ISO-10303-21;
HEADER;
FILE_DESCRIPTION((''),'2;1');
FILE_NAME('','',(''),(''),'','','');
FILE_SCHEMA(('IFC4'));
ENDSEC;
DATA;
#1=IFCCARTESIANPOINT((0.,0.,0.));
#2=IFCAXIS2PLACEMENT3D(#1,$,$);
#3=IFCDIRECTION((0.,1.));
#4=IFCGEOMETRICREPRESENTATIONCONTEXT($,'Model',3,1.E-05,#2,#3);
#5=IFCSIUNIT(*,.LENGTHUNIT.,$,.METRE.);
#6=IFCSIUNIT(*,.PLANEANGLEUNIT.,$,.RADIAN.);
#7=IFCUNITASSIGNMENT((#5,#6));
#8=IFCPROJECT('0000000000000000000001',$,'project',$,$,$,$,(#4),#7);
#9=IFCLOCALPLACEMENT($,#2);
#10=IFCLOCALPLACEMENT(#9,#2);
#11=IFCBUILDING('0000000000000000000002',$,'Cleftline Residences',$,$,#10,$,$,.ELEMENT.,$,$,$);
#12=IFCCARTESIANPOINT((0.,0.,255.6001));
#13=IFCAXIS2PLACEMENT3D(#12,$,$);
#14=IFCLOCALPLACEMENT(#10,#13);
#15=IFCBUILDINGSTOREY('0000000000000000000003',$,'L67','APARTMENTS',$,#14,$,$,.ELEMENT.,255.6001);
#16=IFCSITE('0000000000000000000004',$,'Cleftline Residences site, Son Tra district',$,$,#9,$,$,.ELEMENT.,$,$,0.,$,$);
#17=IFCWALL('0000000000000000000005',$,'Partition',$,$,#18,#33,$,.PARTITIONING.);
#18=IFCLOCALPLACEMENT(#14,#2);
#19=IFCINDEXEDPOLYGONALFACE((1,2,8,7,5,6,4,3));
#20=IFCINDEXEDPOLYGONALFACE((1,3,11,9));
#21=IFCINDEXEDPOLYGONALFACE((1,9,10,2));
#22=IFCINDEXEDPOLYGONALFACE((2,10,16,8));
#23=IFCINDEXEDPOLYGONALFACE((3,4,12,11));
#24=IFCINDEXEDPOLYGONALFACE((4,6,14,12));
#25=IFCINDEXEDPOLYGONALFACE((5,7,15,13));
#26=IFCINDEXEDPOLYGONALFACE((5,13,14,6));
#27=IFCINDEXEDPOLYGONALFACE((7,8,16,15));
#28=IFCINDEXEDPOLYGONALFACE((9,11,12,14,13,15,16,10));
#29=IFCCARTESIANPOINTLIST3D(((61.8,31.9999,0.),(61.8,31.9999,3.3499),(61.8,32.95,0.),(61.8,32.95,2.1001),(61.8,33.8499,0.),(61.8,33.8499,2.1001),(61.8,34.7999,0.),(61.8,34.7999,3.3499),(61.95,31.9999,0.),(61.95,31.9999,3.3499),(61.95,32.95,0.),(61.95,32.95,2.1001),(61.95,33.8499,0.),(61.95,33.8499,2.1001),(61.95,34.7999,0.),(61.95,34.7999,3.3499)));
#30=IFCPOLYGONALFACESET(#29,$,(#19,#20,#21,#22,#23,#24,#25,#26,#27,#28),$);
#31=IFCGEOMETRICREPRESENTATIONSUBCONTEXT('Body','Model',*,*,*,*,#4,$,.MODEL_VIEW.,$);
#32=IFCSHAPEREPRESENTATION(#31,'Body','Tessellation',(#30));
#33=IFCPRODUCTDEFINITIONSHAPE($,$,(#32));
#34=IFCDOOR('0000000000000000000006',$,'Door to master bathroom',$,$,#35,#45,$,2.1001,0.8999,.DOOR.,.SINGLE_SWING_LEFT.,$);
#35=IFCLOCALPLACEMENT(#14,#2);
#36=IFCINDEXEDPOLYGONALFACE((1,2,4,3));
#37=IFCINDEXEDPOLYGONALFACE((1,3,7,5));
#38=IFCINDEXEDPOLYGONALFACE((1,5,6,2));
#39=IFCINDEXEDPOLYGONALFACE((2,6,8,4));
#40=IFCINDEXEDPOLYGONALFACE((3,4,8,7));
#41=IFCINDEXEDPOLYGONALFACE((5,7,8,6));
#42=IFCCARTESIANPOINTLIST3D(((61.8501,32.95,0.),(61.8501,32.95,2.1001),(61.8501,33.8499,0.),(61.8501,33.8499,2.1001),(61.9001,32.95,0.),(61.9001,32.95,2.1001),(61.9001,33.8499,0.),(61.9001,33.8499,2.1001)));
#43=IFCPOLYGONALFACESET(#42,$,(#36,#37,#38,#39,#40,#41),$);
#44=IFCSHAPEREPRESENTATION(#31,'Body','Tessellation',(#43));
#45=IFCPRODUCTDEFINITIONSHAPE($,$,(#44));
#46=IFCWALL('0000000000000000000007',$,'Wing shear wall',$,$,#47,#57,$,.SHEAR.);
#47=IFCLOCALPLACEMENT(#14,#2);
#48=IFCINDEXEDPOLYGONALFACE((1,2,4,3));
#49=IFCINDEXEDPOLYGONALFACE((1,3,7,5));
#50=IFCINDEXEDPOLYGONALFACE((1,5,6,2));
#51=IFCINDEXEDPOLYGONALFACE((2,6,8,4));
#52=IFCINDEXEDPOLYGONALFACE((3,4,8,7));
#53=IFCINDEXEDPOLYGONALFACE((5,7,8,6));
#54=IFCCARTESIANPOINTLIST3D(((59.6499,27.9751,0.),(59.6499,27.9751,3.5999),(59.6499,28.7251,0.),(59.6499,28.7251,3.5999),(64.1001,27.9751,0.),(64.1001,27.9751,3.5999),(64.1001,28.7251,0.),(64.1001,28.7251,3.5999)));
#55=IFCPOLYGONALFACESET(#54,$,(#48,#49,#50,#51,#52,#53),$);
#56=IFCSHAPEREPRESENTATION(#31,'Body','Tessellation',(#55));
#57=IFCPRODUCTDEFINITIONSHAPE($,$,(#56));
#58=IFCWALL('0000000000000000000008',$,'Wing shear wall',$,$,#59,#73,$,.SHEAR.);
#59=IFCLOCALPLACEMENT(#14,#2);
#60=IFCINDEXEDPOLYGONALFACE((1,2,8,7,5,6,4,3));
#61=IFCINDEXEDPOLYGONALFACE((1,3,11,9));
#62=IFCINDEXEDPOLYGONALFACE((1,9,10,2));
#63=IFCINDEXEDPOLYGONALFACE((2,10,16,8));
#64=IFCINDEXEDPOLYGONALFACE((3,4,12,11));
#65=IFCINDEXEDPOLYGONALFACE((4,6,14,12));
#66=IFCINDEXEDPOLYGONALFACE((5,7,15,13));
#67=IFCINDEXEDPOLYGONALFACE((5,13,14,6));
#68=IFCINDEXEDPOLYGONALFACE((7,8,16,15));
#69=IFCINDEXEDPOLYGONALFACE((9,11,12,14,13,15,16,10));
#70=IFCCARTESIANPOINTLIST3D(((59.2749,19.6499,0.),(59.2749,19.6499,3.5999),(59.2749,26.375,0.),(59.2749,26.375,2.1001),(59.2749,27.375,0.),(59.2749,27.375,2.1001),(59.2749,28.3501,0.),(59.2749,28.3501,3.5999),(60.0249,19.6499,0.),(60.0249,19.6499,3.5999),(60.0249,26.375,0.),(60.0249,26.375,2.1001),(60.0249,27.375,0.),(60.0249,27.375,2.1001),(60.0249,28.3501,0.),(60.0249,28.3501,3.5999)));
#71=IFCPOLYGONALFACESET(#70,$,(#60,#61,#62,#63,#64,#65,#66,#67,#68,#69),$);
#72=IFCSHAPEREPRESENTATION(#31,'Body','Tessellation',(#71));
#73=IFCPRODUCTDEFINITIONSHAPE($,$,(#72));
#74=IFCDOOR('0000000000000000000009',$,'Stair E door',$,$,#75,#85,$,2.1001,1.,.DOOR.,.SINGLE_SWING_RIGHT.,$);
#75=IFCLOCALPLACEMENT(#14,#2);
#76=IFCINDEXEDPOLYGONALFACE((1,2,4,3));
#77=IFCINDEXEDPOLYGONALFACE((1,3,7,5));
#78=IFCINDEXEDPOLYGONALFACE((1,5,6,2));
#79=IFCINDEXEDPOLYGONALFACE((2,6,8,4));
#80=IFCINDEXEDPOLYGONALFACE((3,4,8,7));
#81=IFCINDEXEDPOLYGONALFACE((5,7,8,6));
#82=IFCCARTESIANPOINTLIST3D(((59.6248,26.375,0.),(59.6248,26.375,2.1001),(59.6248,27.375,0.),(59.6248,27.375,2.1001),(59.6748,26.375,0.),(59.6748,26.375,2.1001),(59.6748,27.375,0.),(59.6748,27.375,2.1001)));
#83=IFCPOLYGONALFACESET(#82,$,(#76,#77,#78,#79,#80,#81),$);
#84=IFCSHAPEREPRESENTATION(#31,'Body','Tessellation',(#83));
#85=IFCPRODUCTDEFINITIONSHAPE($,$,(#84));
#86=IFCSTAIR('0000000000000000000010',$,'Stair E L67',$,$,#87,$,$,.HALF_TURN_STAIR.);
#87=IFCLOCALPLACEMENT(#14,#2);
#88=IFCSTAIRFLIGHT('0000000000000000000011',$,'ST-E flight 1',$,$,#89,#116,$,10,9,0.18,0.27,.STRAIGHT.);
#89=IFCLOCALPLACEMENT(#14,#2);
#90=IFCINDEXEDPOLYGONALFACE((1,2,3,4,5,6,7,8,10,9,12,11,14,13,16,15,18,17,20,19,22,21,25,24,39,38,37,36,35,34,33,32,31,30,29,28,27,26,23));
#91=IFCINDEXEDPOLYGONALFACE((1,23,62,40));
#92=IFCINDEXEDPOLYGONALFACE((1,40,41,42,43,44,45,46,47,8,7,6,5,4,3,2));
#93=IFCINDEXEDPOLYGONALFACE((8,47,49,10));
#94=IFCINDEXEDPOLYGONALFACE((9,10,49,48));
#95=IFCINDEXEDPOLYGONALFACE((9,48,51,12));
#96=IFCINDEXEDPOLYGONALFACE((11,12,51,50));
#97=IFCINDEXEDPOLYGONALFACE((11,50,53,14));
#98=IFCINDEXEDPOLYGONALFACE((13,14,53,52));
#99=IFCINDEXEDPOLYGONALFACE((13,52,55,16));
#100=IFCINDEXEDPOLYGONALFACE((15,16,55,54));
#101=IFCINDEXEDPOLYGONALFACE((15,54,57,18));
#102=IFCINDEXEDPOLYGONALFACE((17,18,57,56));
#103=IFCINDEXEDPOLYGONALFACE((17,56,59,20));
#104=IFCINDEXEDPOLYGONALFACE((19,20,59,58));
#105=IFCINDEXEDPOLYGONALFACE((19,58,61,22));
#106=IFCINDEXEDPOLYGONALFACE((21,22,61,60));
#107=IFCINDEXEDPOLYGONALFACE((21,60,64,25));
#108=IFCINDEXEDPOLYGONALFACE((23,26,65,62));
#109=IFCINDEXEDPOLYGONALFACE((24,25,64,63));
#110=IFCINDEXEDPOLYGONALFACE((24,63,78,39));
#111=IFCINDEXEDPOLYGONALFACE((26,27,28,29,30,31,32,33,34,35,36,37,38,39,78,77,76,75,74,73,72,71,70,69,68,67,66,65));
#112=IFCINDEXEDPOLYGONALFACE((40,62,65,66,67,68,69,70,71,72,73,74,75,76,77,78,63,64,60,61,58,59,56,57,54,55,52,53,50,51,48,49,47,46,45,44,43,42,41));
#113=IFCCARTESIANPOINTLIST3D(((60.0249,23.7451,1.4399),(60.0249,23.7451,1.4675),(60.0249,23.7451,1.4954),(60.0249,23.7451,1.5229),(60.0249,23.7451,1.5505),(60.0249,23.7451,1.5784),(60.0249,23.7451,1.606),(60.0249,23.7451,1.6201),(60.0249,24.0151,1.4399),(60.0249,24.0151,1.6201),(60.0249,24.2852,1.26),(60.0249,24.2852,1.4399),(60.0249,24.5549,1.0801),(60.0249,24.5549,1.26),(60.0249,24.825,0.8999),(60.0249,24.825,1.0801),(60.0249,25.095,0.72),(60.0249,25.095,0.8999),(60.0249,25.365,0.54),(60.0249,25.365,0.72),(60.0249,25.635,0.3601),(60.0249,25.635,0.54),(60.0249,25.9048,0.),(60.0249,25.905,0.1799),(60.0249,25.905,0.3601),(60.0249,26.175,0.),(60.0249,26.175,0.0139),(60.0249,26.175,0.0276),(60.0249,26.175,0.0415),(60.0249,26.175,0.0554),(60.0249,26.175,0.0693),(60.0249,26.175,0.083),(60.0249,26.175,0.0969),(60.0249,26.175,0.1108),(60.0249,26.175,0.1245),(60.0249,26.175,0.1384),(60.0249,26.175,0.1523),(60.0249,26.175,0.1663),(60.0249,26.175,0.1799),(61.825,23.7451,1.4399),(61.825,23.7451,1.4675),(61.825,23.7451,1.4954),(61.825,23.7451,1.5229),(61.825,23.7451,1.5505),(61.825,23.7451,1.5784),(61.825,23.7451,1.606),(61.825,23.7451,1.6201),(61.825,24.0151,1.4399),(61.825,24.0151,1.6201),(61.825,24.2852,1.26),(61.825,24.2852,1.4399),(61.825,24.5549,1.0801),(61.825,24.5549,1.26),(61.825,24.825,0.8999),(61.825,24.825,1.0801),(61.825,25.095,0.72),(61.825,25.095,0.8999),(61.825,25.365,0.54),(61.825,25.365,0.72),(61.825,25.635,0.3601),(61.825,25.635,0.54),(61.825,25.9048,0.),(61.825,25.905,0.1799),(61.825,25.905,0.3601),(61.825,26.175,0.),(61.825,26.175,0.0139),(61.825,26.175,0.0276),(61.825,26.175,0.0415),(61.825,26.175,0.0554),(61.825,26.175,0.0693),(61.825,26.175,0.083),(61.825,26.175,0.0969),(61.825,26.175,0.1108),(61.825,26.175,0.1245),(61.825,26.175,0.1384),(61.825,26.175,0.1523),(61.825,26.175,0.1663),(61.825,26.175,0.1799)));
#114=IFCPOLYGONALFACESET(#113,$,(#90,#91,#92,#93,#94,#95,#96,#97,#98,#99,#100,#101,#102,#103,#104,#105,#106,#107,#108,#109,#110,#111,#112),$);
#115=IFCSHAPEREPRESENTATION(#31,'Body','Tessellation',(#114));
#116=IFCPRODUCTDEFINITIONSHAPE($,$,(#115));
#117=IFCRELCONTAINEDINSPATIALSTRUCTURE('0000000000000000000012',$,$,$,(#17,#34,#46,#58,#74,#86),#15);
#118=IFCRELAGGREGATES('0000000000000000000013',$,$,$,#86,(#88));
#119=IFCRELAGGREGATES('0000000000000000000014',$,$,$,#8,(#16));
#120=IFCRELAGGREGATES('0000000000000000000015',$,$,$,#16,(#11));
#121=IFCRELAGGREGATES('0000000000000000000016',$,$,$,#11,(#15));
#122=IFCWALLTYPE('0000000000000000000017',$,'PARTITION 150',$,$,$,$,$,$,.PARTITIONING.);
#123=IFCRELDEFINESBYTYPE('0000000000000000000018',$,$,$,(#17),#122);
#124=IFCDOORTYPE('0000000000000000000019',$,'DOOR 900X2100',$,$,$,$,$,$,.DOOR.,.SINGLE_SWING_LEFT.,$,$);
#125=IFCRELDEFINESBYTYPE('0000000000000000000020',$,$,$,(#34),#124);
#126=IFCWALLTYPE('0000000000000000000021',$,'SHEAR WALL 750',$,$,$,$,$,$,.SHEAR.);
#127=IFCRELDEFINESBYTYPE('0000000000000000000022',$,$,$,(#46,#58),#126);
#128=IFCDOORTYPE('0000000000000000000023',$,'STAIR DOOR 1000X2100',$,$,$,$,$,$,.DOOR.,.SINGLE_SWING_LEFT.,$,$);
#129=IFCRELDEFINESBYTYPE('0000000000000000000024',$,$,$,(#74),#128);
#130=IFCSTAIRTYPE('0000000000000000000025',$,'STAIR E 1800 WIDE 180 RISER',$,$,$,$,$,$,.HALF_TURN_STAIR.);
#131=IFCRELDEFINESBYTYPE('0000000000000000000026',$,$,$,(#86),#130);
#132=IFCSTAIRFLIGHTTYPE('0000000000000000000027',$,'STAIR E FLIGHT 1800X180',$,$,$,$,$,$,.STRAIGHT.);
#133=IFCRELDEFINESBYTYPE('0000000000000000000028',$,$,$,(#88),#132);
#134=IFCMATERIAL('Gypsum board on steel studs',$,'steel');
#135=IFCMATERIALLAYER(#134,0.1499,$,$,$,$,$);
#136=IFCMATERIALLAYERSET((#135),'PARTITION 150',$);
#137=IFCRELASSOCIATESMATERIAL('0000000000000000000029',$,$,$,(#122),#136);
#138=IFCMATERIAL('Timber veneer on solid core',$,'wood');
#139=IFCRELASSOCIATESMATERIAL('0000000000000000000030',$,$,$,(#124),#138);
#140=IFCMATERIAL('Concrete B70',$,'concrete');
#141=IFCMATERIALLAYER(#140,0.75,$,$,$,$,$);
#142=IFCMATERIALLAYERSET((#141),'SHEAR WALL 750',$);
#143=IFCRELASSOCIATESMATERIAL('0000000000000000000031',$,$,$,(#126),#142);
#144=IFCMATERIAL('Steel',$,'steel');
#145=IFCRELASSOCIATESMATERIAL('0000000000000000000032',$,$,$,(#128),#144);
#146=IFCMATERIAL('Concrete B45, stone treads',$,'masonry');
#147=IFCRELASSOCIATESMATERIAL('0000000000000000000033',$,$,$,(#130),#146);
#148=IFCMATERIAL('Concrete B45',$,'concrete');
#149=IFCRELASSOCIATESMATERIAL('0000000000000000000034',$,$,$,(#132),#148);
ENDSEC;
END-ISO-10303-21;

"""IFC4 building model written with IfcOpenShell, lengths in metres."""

from ifc_helpers import new_model, si_unit, direction, frame, frame_2d, origin, place, context, subcontext, project, spatial, polyline, rectangle, outline, extrude, material, layer, layer_set, type_object, element, fill, aggregate, save


model = new_model("IFC4")

# Units and contexts
model_context = context("Model", 3, precision=1e-05, world=origin(), true_north=direction((0.0, 1.0)))
body_context = subcontext(model_context, "Body", "Model", "MODEL_VIEW")
ifc_project = project(units=[si_unit("LENGTHUNIT", "METRE"), si_unit("PLANEANGLEUNIT", "RADIAN")], contexts=[model_context])

# Site, building, storey
site_placement = place(None, origin())
site = spatial("IfcSite", under=ifc_project, at=site_placement, Name="Cleftline Residences site, Son Tra district", CompositionType="ELEMENT", RefElevation=0.0)
building_placement = place(site_placement, origin())
building = spatial("IfcBuilding", under=site, at=building_placement, Name="Cleftline Residences", CompositionType="ELEMENT")
storey_placement = place(building_placement, frame((0.0, 0.0, 255.6001)))
storey = spatial("IfcBuildingStorey", under=building, at=storey_placement, Name="L67", Description="APARTMENTS", CompositionType="ELEMENT", Elevation=255.6001)

# Shared definitions
ifc_material_1 = material(Name="Gypsum board on steel studs", Category="steel")
ifc_layer_1 = layer(ifc_material_1, 0.1499)
ifc_layer_set_1 = layer_set([ifc_layer_1], Name="PARTITION 150")
wall_type_1 = type_object("IfcWallType", Name="PARTITION 150", PredefinedType="PARTITIONING", material=ifc_layer_set_1)

# Wall, opening, door
ifc_material_2 = material(Name="Timber veneer on solid core", Category="wood")
door_type_1 = type_object("IfcDoorType", Name="DOOR 900X2100", OperationType="SINGLE_SWING_LEFT", PredefinedType="DOOR", material=ifc_material_2)
wall_1_placement = place(storey_placement, frame((61.875, 32.0, 0.0), z_axis=(0.0, 0.0, 1.0), x_axis=(0.0, 1.0, 0.0)))
wall_1 = element("IfcWall", 1, at=wall_1_placement, inside=storey, type_object=wall_type_1, Name="Partition", PredefinedType="PARTITIONING", context=body_context, shape_type="SweptSolid", body=[
    extrude(rectangle(XDim=2.8, YDim=0.1499, at=frame_2d((1.3999, 0.0))), origin(), (0.0, 0.0, 1.0), 3.3499),
])
opening_1_placement = place(wall_1_placement, frame((0.95, 0.0, 0.0)))
opening_1 = element("IfcOpeningElement", 2, at=opening_1_placement, cuts=wall_1, PredefinedType="OPENING", context=body_context, shape_type="SweptSolid", body=[
    extrude(rectangle(XDim=0.8999, YDim=2.1001, at=frame_2d((0.45, 1.05))), frame((0.0, 0.085, 0.0), z_axis=(0.0, -1.0, 0.0), x_axis=(1.0, 0.0, 0.0)), (0.0, 0.0, 1.0), 0.1699),
])
door_1_placement = place(opening_1_placement, origin())
door_1 = element("IfcDoor", 3, at=door_1_placement, inside=storey, type_object=door_type_1, Name="Door to master bathroom", OperationType="SINGLE_SWING_LEFT", OverallHeight=2.1001, OverallWidth=0.8999, PredefinedType="DOOR", context=body_context, shape_type="SweptSolid", body=[
    extrude(rectangle(XDim=0.8999, YDim=2.1001, at=frame_2d((0.45, 1.05))), frame((0.0, 0.0249, 0.0), z_axis=(0.0, -1.0, 0.0), x_axis=(1.0, 0.0, 0.0)), (0.0, 0.0, 1.0), 0.05),
])
fill(opening_1, door_1)

# Wall
ifc_material_3 = material(Name="Concrete B70", Category="concrete")
ifc_layer_2 = layer(ifc_material_3, 0.75)
ifc_layer_set_2 = layer_set([ifc_layer_2], Name="SHEAR WALL 750")
wall_type_2 = type_object("IfcWallType", Name="SHEAR WALL 750", PredefinedType="SHEAR", material=ifc_layer_set_2)
wall_2_placement = place(storey_placement, frame((64.1001, 28.3501, 0.0), z_axis=(0.0, 0.0, 1.0), x_axis=(-1.0, 0.0, 0.0)))
element("IfcWall", 4, at=wall_2_placement, inside=storey, type_object=wall_type_2, Name="Wing shear wall", PredefinedType="SHEAR", context=body_context, shape_type="SweptSolid", body=[
    extrude(rectangle(XDim=4.4502, YDim=0.75, at=frame_2d((2.2251, 0.0))), origin(), (0.0, 0.0, 1.0), 3.5999),
])

# Wall, opening, door
wall_3_placement = place(storey_placement, frame((59.6499, 28.3501, 0.0), z_axis=(0.0, 0.0, 1.0), x_axis=(0.0, -1.0, 0.0)))
wall_3 = element("IfcWall", 5, at=wall_3_placement, inside=storey, type_object=wall_type_2, Name="Wing shear wall", PredefinedType="SHEAR", context=body_context, shape_type="SweptSolid", body=[
    extrude(rectangle(XDim=8.7002, YDim=0.75, at=frame_2d((4.3501, 0.0))), origin(), (0.0, 0.0, 1.0), 3.5999),
])
opening_2_placement = place(wall_3_placement, frame((0.9751, 0.0, 0.0)))
opening_2 = element("IfcOpeningElement", 6, at=opening_2_placement, cuts=wall_3, PredefinedType="OPENING", context=body_context, shape_type="SweptSolid", body=[
    extrude(rectangle(XDim=1.0, YDim=2.1001, at=frame_2d((0.5, 1.05))), frame((0.0, 0.385, 0.0), z_axis=(0.0, -1.0, 0.0), x_axis=(1.0, 0.0, 0.0)), (0.0, 0.0, 1.0), 0.77),
])
ifc_material_4 = material(Name="Steel", Category="steel")
door_type_2 = type_object("IfcDoorType", Name="STAIR DOOR 1000X2100", OperationType="SINGLE_SWING_LEFT", PredefinedType="DOOR", material=ifc_material_4)
door_2_placement = place(opening_2_placement, origin())
door_2 = element("IfcDoor", 7, at=door_2_placement, inside=storey, type_object=door_type_2, Name="Stair E door", OperationType="SINGLE_SWING_RIGHT", OverallHeight=2.1001, OverallWidth=1.0, PredefinedType="DOOR", context=body_context, shape_type="SweptSolid", body=[
    extrude(rectangle(XDim=1.0, YDim=2.1001, at=frame_2d((0.5, 1.05))), frame((0.0, 0.0249, 0.0), z_axis=(0.0, -1.0, 0.0), x_axis=(1.0, 0.0, 0.0)), (0.0, 0.0, 1.0), 0.05),
])
fill(opening_2, door_2)

# Stair, stair flight
ifc_material_5 = material(Name="Concrete B45, stone treads", Category="masonry")
stair_type = type_object("IfcStairType", Name="STAIR E 1800 WIDE 180 RISER", PredefinedType="HALF_TURN_STAIR", material=ifc_material_5)
stair_placement = place(storey_placement, origin())
stair = element("IfcStair", 8, at=stair_placement, inside=storey, type_object=stair_type, Name="Stair E L67", PredefinedType="HALF_TURN_STAIR")
ifc_material_6 = material(Name="Concrete B45", Category="concrete")
stair_flight_type = type_object("IfcStairFlightType", Name="STAIR E FLIGHT 1800X180", PredefinedType="STRAIGHT", material=ifc_material_6)
stair_flight_placement = place(storey_placement, frame((60.925, 26.175, 0.0), z_axis=(0.0, 0.0, 1.0), x_axis=(0.0, -1.0, 0.0)))
stair_flight = element("IfcStairFlight", 9, at=stair_flight_placement, type_object=stair_flight_type, Name="ST-E flight 1", NumberOfRisers=10, NumberOfTreads=9, PredefinedType="STRAIGHT", RiserHeight=0.18, TreadLength=0.27, context=body_context, shape_type="SweptSolid", body=[
    extrude(outline(polyline([(0.0, 0.0), (0.0, 0.0139), (0.0, 0.0276), (0.0, 0.0415), (0.0, 0.0554), (0.0, 0.0693), (0.0, 0.083), (0.0, 0.0969), (0.0, 0.1108), (0.0, 0.1245), (0.0, 0.1384), (0.0, 0.1523), (0.0, 0.1663), (0.0, 0.1799), (0.27, 0.1799), (0.27, 0.3601), (0.54, 0.3601), (0.54, 0.54), (0.8101, 0.54), (0.8101, 0.72), (1.0801, 0.72), (1.0801, 0.8999), (1.3501, 0.8999), (1.3501, 1.0801), (1.6201, 1.0801), (1.6201, 1.26), (1.8899, 1.26), (1.8899, 1.4399), (2.1599, 1.4399), (2.1599, 1.6201), (2.4299, 1.6201), (2.4299, 1.8), (2.4299, 1.7722), (2.4299, 1.7446), (2.4299, 1.7168), (2.4299, 1.6892), (2.4299, 1.6614), (2.4299, 1.6338), (2.4299, 1.606), (2.4299, 1.5784), (2.4299, 1.5505), (2.4299, 1.5229), (2.4299, 1.4954), (2.4299, 1.4675), (2.4299, 1.4399), (0.2703, 0.0), (0.0, 0.0)])), frame((0.0, 0.8999, 0.0), z_axis=(0.0, -1.0, 0.0), x_axis=(1.0, 0.0, 0.0)), (0.0, 0.0, 1.0), 1.8),
])
aggregate(stair, [stair_flight])

save(model, "model.ifc")
